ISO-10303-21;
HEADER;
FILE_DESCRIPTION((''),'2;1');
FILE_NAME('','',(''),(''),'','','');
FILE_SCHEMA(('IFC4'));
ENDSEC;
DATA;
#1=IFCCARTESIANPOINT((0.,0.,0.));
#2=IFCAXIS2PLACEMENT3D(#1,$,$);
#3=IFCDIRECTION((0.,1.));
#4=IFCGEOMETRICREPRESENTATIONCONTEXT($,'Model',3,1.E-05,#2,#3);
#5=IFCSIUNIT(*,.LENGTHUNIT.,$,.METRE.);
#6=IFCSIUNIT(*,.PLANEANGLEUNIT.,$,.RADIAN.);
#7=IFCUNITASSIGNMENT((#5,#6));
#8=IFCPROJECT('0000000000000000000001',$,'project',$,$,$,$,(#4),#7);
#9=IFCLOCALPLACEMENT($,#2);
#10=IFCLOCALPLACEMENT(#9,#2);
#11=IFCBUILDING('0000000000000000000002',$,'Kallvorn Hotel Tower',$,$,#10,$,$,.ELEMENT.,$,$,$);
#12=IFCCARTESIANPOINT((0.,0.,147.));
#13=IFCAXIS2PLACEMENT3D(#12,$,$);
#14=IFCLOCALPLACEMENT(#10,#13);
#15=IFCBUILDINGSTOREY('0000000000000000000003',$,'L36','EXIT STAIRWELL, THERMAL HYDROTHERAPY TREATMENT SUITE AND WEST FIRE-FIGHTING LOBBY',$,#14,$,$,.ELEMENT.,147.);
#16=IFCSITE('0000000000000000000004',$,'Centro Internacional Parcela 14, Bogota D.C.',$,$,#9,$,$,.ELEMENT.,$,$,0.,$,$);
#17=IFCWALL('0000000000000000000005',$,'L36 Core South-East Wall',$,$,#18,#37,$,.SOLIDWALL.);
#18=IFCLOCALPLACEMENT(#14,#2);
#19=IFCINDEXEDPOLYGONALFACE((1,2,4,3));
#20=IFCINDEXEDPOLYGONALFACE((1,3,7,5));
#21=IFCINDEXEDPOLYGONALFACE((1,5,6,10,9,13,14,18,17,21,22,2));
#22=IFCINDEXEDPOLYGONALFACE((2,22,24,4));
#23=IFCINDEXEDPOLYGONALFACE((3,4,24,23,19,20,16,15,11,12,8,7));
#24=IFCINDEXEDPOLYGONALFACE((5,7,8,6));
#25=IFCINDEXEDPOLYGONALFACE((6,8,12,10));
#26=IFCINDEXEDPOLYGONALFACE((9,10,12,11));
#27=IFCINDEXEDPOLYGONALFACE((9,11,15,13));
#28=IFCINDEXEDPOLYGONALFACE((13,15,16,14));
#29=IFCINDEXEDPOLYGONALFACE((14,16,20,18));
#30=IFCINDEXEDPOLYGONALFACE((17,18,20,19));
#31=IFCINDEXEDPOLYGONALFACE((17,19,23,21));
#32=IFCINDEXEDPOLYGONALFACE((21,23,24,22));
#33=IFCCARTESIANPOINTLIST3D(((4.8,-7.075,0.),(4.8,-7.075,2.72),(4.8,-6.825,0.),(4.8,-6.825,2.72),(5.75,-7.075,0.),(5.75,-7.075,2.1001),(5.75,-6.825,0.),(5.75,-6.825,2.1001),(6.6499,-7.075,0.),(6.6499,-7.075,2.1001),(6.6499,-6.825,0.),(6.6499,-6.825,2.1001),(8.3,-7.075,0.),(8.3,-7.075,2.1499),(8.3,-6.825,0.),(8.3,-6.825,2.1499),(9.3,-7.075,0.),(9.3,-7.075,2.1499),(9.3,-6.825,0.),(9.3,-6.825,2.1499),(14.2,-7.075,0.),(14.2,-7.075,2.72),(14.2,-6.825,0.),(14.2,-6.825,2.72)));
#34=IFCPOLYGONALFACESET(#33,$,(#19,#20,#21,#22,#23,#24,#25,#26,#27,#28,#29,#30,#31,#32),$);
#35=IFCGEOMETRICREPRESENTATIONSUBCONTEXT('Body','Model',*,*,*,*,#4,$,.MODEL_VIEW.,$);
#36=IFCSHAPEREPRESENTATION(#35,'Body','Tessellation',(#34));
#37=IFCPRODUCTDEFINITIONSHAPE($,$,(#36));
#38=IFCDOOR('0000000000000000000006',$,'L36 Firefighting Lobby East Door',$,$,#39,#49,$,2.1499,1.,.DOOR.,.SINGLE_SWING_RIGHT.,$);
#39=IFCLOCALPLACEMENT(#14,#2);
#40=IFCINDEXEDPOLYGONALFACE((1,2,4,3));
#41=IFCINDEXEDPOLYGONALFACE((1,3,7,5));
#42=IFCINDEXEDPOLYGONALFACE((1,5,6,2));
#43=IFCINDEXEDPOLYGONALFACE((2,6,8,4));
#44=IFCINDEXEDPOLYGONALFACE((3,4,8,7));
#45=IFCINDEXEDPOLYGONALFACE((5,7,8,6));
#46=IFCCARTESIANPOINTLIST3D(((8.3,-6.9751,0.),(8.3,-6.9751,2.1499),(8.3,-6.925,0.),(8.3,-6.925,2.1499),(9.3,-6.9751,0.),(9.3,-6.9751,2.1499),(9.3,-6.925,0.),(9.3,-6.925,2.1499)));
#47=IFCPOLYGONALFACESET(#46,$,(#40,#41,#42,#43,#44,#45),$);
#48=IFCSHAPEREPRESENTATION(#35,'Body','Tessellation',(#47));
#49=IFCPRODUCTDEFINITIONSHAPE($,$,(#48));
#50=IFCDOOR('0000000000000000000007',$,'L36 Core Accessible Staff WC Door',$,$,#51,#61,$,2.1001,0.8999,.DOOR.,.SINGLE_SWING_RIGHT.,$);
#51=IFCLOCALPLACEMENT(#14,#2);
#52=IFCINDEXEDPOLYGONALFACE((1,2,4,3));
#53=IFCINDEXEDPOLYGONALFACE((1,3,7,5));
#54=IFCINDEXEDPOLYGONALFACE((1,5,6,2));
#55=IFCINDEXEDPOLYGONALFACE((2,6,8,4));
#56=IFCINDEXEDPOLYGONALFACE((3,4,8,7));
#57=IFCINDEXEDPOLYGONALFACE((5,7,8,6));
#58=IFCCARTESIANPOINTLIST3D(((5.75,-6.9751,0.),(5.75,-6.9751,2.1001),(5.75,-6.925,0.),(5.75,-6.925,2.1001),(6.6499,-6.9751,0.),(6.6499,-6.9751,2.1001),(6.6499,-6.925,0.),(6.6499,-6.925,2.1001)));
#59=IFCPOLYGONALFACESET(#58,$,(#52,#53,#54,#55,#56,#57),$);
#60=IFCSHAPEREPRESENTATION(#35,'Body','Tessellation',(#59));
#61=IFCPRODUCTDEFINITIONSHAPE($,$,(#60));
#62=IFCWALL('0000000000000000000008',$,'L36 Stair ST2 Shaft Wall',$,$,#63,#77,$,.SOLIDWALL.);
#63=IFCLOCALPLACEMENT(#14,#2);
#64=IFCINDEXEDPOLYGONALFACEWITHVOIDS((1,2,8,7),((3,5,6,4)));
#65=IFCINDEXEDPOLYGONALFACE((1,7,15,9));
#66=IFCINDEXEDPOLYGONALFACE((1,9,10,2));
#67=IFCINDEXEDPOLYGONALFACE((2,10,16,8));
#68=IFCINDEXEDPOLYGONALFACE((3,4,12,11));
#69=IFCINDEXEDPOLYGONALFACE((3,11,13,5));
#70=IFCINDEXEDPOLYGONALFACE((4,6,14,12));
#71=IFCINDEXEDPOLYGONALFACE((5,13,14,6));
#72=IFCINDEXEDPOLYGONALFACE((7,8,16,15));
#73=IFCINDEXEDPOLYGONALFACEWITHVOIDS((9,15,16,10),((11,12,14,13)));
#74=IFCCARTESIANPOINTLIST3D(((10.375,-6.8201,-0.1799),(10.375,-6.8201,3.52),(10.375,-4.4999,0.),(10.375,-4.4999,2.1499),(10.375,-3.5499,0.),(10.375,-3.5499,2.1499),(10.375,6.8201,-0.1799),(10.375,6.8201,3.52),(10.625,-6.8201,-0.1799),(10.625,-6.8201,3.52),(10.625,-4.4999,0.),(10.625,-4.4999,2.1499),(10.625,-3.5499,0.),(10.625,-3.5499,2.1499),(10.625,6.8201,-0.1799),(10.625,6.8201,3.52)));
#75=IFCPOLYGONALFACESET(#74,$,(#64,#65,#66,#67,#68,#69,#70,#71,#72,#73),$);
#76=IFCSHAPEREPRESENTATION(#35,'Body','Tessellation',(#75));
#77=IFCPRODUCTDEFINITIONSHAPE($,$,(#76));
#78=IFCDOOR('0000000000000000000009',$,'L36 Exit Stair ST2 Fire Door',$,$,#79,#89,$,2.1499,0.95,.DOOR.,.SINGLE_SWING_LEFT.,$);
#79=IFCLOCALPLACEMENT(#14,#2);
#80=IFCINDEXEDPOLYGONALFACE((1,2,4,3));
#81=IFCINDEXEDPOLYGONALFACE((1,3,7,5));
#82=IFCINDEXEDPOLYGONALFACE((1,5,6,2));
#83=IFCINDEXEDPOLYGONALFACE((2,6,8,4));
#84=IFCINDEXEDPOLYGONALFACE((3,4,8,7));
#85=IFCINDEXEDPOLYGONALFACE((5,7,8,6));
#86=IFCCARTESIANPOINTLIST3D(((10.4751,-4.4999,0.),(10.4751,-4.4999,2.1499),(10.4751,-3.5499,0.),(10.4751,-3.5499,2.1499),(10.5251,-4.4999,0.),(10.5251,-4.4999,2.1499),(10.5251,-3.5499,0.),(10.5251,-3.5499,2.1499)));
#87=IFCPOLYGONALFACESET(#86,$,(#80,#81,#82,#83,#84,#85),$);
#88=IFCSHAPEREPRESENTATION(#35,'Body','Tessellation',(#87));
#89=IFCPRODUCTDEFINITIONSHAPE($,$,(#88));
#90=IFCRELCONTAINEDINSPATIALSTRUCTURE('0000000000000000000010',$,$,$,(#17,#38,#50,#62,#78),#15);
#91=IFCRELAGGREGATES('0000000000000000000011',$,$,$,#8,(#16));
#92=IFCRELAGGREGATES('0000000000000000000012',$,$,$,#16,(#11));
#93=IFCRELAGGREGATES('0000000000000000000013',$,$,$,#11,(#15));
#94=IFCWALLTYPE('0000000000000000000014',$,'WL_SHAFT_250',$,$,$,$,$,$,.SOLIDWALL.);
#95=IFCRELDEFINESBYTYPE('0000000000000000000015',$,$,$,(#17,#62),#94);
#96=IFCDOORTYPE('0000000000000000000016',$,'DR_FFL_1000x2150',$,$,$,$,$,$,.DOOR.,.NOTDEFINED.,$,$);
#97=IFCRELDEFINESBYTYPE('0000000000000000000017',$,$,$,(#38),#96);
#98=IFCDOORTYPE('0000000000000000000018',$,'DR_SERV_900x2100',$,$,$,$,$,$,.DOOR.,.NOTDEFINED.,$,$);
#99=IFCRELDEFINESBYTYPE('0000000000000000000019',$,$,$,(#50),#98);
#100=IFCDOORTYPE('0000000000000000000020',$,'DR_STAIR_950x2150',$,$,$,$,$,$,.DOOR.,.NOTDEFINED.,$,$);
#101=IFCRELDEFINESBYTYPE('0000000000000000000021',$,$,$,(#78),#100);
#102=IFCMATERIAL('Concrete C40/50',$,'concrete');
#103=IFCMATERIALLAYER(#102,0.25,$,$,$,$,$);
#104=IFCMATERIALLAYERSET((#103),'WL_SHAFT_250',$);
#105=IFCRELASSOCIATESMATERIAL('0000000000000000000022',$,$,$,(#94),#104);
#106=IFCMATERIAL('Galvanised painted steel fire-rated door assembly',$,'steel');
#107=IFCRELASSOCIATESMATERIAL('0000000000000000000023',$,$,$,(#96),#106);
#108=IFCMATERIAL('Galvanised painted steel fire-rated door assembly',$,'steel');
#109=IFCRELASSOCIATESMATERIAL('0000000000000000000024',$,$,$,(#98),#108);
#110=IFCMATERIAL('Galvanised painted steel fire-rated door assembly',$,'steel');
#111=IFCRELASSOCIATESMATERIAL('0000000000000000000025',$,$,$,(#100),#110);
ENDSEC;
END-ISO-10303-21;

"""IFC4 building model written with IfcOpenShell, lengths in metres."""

from ifc_helpers import new_model, si_unit, direction, frame, frame_2d, origin, place, context, subcontext, project, spatial, rectangle, extrude, material, layer, layer_set, type_object, element, fill, save


model = new_model("IFC4")

# Units and contexts
model_context = context("Model", 3, precision=1e-05, world=origin(), true_north=direction((0.0, 1.0)))
body_context = subcontext(model_context, "Body", "Model", "MODEL_VIEW")
ifc_project = project(units=[si_unit("LENGTHUNIT", "METRE"), si_unit("PLANEANGLEUNIT", "RADIAN")], contexts=[model_context])

# Site, building, storey
site_placement = place(None, origin())
site = spatial("IfcSite", under=ifc_project, at=site_placement, Name="Centro Internacional Parcela 14, Bogota D.C.", CompositionType="ELEMENT", RefElevation=0.0)
building_placement = place(site_placement, origin())
building = spatial("IfcBuilding", under=site, at=building_placement, Name="Kallvorn Hotel Tower", CompositionType="ELEMENT")
storey_placement = place(building_placement, frame((0.0, 0.0, 147.0)))
storey = spatial("IfcBuildingStorey", under=building, at=storey_placement, Name="L36", Description="EXIT STAIRWELL, THERMAL HYDROTHERAPY TREATMENT SUITE AND WEST FIRE-FIGHTING LOBBY", CompositionType="ELEMENT", Elevation=147.0)

# Wall, openings, doors
ifc_material_1 = material(Name="Concrete C40/50", Category="concrete")
ifc_layer_1 = layer(ifc_material_1, 0.25)
ifc_layer_set_1 = layer_set([ifc_layer_1], Name="WL_SHAFT_250")
wall_type_1 = type_object("IfcWallType", Name="WL_SHAFT_250", PredefinedType="SOLIDWALL", material=ifc_layer_set_1)
wall_1_placement = place(storey_placement, frame((4.8, -6.95, 0.0), z_axis=(0.0, 0.0, 1.0), x_axis=(1.0, 0.0, 0.0)))
wall_1 = element("IfcWall", 1, at=wall_1_placement, inside=storey, type_object=wall_type_1, Name="L36 Core South-East Wall", PredefinedType="SOLIDWALL", context=body_context, shape_type="SweptSolid", body=[
    extrude(rectangle(XDim=9.3999, YDim=0.25, at=frame_2d((4.7, 0.0))), origin(), (0.0, 0.0, 1.0), 2.72),
])
opening_1_placement = place(wall_1_placement, frame((3.5, 0.0, 0.0)))
opening_1 = element("IfcOpeningElement", 2, at=opening_1_placement, cuts=wall_1, PredefinedType="OPENING", context=body_context, shape_type="SweptSolid", body=[
    extrude(rectangle(XDim=1.0, YDim=2.1499, at=frame_2d((0.5, 1.075))), frame((0.0, 0.1399, 0.0), z_axis=(0.0, -1.0, 0.0), x_axis=(1.0, 0.0, 0.0)), (0.0, 0.0, 1.0), 0.28),
])
opening_2_placement = place(wall_1_placement, frame((0.95, 0.0, 0.0)))
opening_2 = element("IfcOpeningElement", 3, at=opening_2_placement, cuts=wall_1, PredefinedType="OPENING", context=body_context, shape_type="SweptSolid", body=[
    extrude(rectangle(XDim=0.8999, YDim=2.1001, at=frame_2d((0.45, 1.05))), frame((0.0, 0.1399, 0.0), z_axis=(0.0, -1.0, 0.0), x_axis=(1.0, 0.0, 0.0)), (0.0, 0.0, 1.0), 0.28),
])
ifc_material_2 = material(Name="Galvanised painted steel fire-rated door assembly", Category="steel")
door_type_1 = type_object("IfcDoorType", Name="DR_FFL_1000x2150", OperationType="NOTDEFINED", PredefinedType="DOOR", material=ifc_material_2)
door_1_placement = place(opening_1_placement, origin())
door_1 = element("IfcDoor", 4, at=door_1_placement, inside=storey, type_object=door_type_1, Name="L36 Firefighting Lobby East Door", OperationType="SINGLE_SWING_RIGHT", OverallHeight=2.1499, OverallWidth=1.0, PredefinedType="DOOR", context=body_context, shape_type="SweptSolid", body=[
    extrude(rectangle(XDim=1.0, YDim=2.1499, at=frame_2d((0.5, 1.075))), frame((0.0, 0.0249, 0.0), z_axis=(0.0, -1.0, 0.0), x_axis=(1.0, 0.0, 0.0)), (0.0, 0.0, 1.0), 0.05),
])
fill(opening_1, door_1)
ifc_material_3 = material(Name="Galvanised painted steel fire-rated door assembly", Category="steel")
door_type_2 = type_object("IfcDoorType", Name="DR_SERV_900x2100", OperationType="NOTDEFINED", PredefinedType="DOOR", material=ifc_material_3)
door_2_placement = place(opening_2_placement, origin())
door_2 = element("IfcDoor", 5, at=door_2_placement, inside=storey, type_object=door_type_2, Name="L36 Core Accessible Staff WC Door", OperationType="SINGLE_SWING_RIGHT", OverallHeight=2.1001, OverallWidth=0.8999, PredefinedType="DOOR", context=body_context, shape_type="SweptSolid", body=[
    extrude(rectangle(XDim=0.8999, YDim=2.1001, at=frame_2d((0.45, 1.05))), frame((0.0, 0.0249, 0.0), z_axis=(0.0, -1.0, 0.0), x_axis=(1.0, 0.0, 0.0)), (0.0, 0.0, 1.0), 0.05),
])
fill(opening_2, door_2)

# Wall, opening, door
wall_2_placement = place(storey_placement, frame((10.5, -6.8201, -0.1799), z_axis=(0.0, 0.0, 1.0), x_axis=(0.0, 1.0, 0.0)))
wall_2 = element("IfcWall", 6, at=wall_2_placement, inside=storey, type_object=wall_type_1, Name="L36 Stair ST2 Shaft Wall", PredefinedType="SOLIDWALL", context=body_context, shape_type="SweptSolid", body=[
    extrude(rectangle(XDim=13.6401, YDim=0.25, at=frame_2d((6.8201, 0.0))), origin(), (0.0, 0.0, 1.0), 3.7),
])
opening_3_placement = place(wall_2_placement, frame((2.3201, 0.0, 0.1799)))
opening_3 = element("IfcOpeningElement", 7, at=opening_3_placement, cuts=wall_2, PredefinedType="OPENING", context=body_context, shape_type="SweptSolid", body=[
    extrude(rectangle(XDim=0.95, YDim=2.1499, at=frame_2d((0.4751, 1.075))), frame((0.0, 0.1399, 0.0), z_axis=(0.0, -1.0, 0.0), x_axis=(1.0, 0.0, 0.0)), (0.0, 0.0, 1.0), 0.28),
])
ifc_material_4 = material(Name="Galvanised painted steel fire-rated door assembly", Category="steel")
door_type_3 = type_object("IfcDoorType", Name="DR_STAIR_950x2150", OperationType="NOTDEFINED", PredefinedType="DOOR", material=ifc_material_4)
door_3_placement = place(opening_3_placement, origin())
door_3 = element("IfcDoor", 8, at=door_3_placement, inside=storey, type_object=door_type_3, Name="L36 Exit Stair ST2 Fire Door", OperationType="SINGLE_SWING_LEFT", OverallHeight=2.1499, OverallWidth=0.95, PredefinedType="DOOR", context=body_context, shape_type="SweptSolid", body=[
    extrude(rectangle(XDim=0.95, YDim=2.1499, at=frame_2d((0.4751, 1.075))), frame((0.0, 0.0249, 0.0), z_axis=(0.0, -1.0, 0.0), x_axis=(1.0, 0.0, 0.0)), (0.0, 0.0, 1.0), 0.05),
])
fill(opening_3, door_3)

save(model, "model.ifc")
